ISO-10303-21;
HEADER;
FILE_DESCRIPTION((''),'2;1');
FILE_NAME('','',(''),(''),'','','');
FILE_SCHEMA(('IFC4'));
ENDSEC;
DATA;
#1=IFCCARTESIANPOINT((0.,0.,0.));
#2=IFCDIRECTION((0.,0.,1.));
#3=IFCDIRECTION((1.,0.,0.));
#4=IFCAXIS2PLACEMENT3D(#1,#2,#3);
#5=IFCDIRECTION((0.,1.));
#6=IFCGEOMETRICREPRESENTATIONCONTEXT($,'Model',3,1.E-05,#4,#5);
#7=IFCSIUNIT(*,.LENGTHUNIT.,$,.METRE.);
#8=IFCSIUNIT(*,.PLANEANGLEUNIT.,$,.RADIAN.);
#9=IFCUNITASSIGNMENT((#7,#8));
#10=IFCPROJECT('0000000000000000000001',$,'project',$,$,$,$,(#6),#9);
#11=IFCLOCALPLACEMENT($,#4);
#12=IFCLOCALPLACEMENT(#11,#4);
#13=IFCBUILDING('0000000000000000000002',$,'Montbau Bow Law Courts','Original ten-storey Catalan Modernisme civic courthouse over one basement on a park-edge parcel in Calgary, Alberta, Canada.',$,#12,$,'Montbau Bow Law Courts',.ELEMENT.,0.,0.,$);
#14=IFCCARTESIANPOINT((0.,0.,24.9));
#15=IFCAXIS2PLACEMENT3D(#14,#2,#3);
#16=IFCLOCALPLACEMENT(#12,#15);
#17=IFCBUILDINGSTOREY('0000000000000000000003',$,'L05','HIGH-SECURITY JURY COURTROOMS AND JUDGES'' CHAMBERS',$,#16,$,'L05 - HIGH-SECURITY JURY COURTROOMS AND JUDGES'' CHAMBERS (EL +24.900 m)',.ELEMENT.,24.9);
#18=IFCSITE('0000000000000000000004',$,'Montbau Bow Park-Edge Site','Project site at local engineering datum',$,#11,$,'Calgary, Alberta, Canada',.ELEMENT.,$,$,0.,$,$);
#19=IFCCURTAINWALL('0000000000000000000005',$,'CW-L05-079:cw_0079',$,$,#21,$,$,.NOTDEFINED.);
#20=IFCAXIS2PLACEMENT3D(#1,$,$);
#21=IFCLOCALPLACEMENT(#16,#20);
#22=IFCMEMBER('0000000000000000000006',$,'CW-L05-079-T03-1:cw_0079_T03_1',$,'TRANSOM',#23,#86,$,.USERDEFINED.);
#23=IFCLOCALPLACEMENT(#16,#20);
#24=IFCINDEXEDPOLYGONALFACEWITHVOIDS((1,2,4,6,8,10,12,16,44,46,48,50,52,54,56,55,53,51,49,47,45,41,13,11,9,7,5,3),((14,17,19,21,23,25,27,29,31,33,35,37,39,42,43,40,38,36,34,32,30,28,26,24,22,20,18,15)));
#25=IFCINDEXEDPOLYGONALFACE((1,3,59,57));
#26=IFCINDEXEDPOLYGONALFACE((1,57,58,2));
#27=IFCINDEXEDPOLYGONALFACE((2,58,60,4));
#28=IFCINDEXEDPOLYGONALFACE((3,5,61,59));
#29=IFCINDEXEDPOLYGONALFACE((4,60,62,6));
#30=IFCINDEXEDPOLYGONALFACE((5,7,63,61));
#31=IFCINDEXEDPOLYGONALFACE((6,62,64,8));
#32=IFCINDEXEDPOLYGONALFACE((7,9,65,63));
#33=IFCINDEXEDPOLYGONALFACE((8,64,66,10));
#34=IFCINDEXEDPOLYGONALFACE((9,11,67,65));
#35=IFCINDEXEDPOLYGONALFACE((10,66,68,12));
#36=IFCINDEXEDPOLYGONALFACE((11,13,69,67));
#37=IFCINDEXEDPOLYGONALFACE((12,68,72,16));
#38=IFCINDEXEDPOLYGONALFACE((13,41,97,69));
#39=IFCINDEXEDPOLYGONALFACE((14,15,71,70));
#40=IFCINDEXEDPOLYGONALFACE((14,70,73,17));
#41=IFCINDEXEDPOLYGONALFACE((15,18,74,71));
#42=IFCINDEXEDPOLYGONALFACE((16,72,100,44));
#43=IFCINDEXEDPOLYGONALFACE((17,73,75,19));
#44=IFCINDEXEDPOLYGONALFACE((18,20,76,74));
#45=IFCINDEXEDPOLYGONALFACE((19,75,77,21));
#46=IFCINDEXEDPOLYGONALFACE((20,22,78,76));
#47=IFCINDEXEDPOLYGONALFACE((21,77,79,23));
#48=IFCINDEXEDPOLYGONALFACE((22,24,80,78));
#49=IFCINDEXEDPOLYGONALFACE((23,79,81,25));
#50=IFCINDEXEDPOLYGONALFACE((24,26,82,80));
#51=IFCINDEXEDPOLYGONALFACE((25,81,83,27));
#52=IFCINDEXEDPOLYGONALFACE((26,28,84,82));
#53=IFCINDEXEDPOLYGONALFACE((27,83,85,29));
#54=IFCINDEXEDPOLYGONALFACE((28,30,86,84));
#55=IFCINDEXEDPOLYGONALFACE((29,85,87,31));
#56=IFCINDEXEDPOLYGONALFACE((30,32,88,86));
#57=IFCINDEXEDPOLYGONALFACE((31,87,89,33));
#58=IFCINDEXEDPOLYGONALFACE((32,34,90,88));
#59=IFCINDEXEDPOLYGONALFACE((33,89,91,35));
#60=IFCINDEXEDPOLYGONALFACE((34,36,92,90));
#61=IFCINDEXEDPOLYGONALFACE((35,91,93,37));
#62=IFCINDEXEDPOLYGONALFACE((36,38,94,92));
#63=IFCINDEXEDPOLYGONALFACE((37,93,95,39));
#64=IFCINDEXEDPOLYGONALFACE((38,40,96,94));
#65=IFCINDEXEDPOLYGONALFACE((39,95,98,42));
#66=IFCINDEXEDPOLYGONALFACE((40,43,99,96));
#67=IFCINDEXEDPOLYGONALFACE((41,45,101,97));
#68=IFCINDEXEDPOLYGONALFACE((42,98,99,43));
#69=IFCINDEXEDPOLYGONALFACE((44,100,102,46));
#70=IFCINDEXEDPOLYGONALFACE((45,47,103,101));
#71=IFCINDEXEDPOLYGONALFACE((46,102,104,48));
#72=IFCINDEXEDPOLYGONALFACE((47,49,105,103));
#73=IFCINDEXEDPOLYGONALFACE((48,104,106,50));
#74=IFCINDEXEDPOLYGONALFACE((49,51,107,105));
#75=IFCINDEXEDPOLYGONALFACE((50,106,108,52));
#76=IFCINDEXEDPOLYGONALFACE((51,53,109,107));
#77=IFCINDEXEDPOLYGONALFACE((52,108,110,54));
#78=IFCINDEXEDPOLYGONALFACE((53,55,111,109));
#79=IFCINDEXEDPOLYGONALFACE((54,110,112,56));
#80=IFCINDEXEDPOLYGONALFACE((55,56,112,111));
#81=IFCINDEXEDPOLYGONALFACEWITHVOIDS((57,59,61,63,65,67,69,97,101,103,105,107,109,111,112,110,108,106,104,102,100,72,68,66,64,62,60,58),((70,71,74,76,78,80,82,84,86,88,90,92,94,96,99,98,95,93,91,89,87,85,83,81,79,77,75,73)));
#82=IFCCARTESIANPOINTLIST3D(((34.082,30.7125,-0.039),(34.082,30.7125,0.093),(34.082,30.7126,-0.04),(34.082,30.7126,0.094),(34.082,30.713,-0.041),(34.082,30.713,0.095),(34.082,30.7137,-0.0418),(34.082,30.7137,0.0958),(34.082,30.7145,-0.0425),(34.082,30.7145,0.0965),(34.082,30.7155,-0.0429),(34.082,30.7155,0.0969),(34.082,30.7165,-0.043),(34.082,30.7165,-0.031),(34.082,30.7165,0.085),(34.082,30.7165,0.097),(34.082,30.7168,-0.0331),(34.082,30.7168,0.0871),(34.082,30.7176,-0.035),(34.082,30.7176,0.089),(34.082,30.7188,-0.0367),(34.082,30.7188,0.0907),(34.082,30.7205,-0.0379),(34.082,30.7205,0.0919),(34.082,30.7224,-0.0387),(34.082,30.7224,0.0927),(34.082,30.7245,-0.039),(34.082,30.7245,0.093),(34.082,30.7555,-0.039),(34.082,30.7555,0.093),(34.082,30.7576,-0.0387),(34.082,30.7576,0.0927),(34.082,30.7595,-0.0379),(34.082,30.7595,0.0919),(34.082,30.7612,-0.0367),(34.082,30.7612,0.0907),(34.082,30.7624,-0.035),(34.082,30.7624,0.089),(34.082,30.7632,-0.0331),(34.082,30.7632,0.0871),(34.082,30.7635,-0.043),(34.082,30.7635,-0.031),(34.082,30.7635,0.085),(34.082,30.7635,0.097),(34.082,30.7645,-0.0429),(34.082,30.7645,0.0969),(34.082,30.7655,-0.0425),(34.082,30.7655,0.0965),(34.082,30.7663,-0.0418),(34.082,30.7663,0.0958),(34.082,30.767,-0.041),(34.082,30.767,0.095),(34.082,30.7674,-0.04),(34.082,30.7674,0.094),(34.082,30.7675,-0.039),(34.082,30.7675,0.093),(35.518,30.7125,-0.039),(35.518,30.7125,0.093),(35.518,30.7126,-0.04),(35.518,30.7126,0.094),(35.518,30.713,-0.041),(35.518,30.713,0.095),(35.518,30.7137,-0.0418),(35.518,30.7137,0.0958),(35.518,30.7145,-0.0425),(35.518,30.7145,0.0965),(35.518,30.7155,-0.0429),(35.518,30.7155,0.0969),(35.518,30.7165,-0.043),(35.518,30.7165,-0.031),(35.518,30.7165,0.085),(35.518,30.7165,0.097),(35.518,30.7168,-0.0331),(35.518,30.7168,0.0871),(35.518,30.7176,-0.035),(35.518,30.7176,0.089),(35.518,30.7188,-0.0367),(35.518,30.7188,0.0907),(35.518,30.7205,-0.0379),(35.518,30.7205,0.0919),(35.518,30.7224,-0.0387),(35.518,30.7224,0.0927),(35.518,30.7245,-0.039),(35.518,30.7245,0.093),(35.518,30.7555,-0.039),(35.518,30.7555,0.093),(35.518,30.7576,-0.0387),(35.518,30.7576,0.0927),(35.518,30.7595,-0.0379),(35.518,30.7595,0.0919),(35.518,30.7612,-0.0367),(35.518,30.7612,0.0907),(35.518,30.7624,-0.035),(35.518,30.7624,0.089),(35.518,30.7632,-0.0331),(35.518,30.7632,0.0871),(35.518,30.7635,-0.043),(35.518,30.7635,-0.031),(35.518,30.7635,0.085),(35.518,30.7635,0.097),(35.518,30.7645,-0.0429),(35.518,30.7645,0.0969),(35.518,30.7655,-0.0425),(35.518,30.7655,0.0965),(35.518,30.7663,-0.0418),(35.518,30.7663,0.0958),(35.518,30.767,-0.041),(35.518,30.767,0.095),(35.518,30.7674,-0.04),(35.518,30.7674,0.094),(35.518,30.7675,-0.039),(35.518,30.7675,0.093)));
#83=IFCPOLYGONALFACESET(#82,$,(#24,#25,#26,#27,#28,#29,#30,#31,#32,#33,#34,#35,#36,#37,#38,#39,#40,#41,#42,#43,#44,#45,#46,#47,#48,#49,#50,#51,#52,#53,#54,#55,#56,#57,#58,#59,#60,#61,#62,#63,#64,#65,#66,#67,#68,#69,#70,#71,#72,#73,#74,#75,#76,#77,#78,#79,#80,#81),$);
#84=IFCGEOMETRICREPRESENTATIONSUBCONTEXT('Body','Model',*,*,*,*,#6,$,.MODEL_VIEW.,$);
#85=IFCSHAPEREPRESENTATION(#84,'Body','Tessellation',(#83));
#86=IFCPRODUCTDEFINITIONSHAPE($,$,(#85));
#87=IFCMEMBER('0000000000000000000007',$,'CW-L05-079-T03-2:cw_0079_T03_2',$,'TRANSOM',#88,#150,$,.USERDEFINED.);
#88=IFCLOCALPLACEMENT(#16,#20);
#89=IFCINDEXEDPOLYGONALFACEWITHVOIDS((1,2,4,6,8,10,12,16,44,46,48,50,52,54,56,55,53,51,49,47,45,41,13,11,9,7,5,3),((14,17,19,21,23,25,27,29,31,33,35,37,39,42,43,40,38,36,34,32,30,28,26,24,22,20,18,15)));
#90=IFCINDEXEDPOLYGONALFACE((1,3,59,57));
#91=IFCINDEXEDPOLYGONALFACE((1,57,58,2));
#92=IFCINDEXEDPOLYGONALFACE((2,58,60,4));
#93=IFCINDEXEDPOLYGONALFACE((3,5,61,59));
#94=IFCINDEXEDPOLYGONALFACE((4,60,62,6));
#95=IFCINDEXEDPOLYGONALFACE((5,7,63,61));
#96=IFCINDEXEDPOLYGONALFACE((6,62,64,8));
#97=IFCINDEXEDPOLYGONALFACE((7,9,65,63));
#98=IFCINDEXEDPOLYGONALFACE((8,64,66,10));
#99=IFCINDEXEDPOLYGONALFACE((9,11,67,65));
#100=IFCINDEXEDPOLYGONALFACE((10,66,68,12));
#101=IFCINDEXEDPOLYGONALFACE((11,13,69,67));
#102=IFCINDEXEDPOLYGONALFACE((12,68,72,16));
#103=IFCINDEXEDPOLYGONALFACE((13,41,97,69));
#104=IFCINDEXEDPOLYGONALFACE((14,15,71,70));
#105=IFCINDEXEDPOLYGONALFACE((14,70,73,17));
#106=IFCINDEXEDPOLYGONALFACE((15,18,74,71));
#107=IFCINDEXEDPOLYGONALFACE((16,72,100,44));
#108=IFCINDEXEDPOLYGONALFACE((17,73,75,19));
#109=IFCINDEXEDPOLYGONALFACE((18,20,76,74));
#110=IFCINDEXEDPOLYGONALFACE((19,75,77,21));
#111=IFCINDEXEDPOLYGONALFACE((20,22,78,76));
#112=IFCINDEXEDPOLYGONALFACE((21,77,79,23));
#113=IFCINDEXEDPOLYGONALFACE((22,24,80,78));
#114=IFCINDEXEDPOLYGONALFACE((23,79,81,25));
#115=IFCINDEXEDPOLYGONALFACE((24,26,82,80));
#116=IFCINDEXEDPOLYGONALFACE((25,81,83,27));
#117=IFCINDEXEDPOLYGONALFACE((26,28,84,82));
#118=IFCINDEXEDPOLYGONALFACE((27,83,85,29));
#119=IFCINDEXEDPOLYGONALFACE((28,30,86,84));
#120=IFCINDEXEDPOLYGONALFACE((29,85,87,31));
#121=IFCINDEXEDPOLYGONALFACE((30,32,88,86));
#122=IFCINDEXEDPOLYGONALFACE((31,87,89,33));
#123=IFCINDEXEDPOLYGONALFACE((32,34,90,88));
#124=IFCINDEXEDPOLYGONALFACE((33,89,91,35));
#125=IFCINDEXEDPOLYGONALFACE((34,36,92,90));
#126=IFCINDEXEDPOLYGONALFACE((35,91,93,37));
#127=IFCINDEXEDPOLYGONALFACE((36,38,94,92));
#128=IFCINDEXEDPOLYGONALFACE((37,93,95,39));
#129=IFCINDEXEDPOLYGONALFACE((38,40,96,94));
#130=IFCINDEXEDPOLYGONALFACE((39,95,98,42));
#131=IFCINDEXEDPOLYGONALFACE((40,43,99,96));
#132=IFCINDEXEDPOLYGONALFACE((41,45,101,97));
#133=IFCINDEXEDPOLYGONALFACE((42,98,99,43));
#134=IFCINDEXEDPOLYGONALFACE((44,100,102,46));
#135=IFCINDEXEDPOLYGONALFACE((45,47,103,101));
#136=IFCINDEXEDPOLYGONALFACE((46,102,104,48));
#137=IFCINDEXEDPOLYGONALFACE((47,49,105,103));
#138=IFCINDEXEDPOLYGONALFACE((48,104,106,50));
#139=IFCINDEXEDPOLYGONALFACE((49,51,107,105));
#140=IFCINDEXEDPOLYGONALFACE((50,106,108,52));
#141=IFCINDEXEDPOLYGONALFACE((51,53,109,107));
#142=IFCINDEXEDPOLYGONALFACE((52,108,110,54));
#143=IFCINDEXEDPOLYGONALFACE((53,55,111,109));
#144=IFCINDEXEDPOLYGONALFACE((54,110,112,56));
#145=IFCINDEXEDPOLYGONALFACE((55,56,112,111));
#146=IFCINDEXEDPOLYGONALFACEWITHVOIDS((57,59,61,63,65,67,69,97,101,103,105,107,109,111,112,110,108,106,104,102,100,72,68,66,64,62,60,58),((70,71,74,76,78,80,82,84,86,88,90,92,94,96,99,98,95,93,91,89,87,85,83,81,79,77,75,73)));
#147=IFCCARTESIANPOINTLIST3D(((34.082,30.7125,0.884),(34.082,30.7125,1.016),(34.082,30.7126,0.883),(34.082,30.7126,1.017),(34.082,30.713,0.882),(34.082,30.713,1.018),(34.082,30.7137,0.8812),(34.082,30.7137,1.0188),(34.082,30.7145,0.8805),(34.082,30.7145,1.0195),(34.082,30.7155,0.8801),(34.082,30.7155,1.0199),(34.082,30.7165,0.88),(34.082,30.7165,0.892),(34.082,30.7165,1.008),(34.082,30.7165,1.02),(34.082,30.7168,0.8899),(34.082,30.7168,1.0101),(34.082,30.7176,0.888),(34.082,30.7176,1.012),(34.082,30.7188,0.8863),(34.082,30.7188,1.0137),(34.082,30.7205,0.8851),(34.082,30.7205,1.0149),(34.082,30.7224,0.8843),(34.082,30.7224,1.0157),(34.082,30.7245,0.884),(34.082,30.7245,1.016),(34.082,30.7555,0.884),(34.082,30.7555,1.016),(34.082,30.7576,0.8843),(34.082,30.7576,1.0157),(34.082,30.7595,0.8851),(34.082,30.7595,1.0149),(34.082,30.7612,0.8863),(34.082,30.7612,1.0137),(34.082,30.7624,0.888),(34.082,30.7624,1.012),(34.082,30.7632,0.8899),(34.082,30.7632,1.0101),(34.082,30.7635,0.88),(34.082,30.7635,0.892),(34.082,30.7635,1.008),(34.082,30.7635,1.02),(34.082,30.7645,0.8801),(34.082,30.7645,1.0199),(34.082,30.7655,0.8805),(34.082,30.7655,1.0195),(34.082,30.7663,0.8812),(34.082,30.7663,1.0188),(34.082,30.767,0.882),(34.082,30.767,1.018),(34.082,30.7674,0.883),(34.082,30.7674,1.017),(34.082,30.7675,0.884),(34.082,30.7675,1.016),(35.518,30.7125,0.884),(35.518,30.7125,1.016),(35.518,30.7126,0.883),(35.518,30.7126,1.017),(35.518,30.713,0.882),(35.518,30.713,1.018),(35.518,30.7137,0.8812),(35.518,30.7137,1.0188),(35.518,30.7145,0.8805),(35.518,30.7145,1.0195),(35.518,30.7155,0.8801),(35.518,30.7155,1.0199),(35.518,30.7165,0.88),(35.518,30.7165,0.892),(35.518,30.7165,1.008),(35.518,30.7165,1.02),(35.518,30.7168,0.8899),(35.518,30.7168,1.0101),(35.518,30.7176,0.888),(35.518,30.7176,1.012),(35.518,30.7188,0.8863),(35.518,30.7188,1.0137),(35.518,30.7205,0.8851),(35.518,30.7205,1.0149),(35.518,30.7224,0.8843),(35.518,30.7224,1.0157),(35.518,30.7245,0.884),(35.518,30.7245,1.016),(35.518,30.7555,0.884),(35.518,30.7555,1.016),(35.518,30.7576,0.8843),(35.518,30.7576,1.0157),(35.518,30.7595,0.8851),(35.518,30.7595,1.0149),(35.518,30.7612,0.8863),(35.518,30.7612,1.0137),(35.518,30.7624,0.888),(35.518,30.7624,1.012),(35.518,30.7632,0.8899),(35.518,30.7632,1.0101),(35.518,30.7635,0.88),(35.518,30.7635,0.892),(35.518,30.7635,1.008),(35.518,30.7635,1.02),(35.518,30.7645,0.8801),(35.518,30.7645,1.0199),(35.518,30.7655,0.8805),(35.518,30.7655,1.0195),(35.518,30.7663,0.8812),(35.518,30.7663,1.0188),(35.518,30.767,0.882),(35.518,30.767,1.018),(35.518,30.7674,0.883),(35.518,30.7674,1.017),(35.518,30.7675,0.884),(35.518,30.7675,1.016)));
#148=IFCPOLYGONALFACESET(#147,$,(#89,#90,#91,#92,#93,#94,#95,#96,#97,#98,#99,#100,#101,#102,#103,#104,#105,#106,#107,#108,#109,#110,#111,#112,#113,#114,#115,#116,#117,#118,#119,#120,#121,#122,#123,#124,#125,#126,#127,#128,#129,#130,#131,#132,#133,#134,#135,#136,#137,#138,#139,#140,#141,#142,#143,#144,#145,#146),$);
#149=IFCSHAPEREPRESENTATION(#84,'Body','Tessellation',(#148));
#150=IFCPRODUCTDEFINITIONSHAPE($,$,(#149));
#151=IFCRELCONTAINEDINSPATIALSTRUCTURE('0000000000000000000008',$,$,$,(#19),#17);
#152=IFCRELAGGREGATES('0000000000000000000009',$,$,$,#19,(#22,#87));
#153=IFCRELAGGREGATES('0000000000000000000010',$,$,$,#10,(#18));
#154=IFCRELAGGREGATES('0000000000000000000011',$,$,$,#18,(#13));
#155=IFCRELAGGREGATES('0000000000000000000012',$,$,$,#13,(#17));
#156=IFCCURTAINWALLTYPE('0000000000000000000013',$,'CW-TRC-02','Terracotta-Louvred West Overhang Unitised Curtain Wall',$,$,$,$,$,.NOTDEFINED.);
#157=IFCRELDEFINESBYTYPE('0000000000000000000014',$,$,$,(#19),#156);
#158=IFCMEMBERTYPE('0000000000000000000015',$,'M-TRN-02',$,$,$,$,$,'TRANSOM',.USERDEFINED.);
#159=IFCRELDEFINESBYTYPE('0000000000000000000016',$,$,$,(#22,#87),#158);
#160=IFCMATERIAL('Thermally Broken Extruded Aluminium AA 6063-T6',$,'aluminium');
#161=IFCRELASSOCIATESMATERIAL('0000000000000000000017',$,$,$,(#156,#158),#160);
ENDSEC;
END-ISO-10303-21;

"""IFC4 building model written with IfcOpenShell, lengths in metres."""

from ifc_helpers import new_model, si_unit, direction, frame, origin_with_axes, origin_2d_with_axis, place, context, subcontext, project, spatial, hollow_rectangle, extrude, material, material_profile, profile_set, type_object, element, aggregate, save


model = new_model("IFC4")

# Units and contexts
model_context = context("Model", 3, precision=1e-05, world=origin_with_axes(), true_north=direction((0.0, 1.0)))
body_context = subcontext(model_context, "Body", "Model", "MODEL_VIEW")
ifc_project = project(units=[si_unit("LENGTHUNIT", "METRE"), si_unit("PLANEANGLEUNIT", "RADIAN")], contexts=[model_context])

# Site, building, storey
site_placement = place(None, origin_with_axes())
site = spatial("IfcSite", under=ifc_project, at=site_placement, Name="Montbau Bow Park-Edge Site", Description="Project site at local engineering datum", LongName="Calgary, Alberta, Canada", CompositionType="ELEMENT", RefElevation=0.0)
building_placement = place(site_placement, origin_with_axes())
building = spatial("IfcBuilding", under=site, at=building_placement, Name="Montbau Bow Law Courts", Description="Original ten-storey Catalan Modernisme civic courthouse over one basement on a park-edge parcel in Calgary, Alberta, Canada.", LongName="Montbau Bow Law Courts", CompositionType="ELEMENT", ElevationOfRefHeight=0.0, ElevationOfTerrain=0.0)
storey_placement = place(building_placement, frame((0.0, 0.0, 24.9), z_axis=(0.0, 0.0, 1.0), x_axis=(1.0, 0.0, 0.0)))
storey = spatial("IfcBuildingStorey", under=building, at=storey_placement, Name="L05", Description="HIGH-SECURITY JURY COURTROOMS AND JUDGES' CHAMBERS", LongName="L05 - HIGH-SECURITY JURY COURTROOMS AND JUDGES' CHAMBERS (EL +24.900 m)", CompositionType="ELEMENT", Elevation=24.9)

# Shared definitions
ifc_material_1 = material(Name="Thermally Broken Extruded Aluminium AA 6063-T6", Category="aluminium")
curtain_wall_type = type_object("IfcCurtainWallType", Name="CW-TRC-02", Description="Terracotta-Louvred West Overhang Unitised Curtain Wall", PredefinedType="NOTDEFINED", material=ifc_material_1)

# Curtain wall
curtain_wall_1_placement = place(None, frame((31.04, 30.74, 24.9), z_axis=(0.0, 0.0, 1.0), x_axis=(1.0, 0.0, 0.0)))
curtain_wall_1 = element("IfcCurtainWall", 1, at=curtain_wall_1_placement, inside=storey, type_object=curtain_wall_type, Name="CW-L05-079:cw_0079", PredefinedType="NOTDEFINED")

# Members
ifc_material_profile_1 = material_profile(ifc_material_1, hollow_rectangle(XDim=0.055, YDim=0.14, WallThickness=0.004, InnerFilletRadius=0.008, OuterFilletRadius=0.004, at=origin_2d_with_axis()), Name="CWT-140X55", Category="Main", Priority=0)
ifc_profile_set_1 = profile_set([ifc_material_profile_1], Name="Thermally Broken Extruded Aluminium AA 6063-T6")
member_type_1 = type_object("IfcMemberType", Name="M-TRN-02", ElementType="TRANSOM", PredefinedType="USERDEFINED", material=ifc_profile_set_1)
member_1_placement = place(None, frame((34.082, 30.74, 24.927), z_axis=(1.0, 0.0, 0.0), x_axis=(0.0, 1.0, 0.0)))
member_1 = element("IfcMember", 2, at=member_1_placement, type_object=member_type_1, Name="CW-L05-079-T03-1:cw_0079_T03_1", ObjectType="TRANSOM", PredefinedType="USERDEFINED", context=body_context, shape_type="SweptSolid", body=[
    extrude(hollow_rectangle(XDim=0.055, YDim=0.14, WallThickness=0.004, InnerFilletRadius=0.008, OuterFilletRadius=0.004, at=origin_2d_with_axis()), origin_with_axes(), (0.0, 0.0, 1.0), 1.436),
])
member_2_placement = place(None, frame((34.082, 30.74, 25.85), z_axis=(1.0, 0.0, 0.0), x_axis=(0.0, 1.0, 0.0)))
member_2 = element("IfcMember", 3, at=member_2_placement, type_object=member_type_1, Name="CW-L05-079-T03-2:cw_0079_T03_2", ObjectType="TRANSOM", PredefinedType="USERDEFINED", context=body_context, shape_type="SweptSolid", body=[
    extrude(hollow_rectangle(XDim=0.055, YDim=0.14, WallThickness=0.004, InnerFilletRadius=0.008, OuterFilletRadius=0.004, at=origin_2d_with_axis()), origin_with_axes(), (0.0, 0.0, 1.0), 1.436),
])

aggregate(curtain_wall_1, [member_1, member_2])

save(model, "model.ifc")
